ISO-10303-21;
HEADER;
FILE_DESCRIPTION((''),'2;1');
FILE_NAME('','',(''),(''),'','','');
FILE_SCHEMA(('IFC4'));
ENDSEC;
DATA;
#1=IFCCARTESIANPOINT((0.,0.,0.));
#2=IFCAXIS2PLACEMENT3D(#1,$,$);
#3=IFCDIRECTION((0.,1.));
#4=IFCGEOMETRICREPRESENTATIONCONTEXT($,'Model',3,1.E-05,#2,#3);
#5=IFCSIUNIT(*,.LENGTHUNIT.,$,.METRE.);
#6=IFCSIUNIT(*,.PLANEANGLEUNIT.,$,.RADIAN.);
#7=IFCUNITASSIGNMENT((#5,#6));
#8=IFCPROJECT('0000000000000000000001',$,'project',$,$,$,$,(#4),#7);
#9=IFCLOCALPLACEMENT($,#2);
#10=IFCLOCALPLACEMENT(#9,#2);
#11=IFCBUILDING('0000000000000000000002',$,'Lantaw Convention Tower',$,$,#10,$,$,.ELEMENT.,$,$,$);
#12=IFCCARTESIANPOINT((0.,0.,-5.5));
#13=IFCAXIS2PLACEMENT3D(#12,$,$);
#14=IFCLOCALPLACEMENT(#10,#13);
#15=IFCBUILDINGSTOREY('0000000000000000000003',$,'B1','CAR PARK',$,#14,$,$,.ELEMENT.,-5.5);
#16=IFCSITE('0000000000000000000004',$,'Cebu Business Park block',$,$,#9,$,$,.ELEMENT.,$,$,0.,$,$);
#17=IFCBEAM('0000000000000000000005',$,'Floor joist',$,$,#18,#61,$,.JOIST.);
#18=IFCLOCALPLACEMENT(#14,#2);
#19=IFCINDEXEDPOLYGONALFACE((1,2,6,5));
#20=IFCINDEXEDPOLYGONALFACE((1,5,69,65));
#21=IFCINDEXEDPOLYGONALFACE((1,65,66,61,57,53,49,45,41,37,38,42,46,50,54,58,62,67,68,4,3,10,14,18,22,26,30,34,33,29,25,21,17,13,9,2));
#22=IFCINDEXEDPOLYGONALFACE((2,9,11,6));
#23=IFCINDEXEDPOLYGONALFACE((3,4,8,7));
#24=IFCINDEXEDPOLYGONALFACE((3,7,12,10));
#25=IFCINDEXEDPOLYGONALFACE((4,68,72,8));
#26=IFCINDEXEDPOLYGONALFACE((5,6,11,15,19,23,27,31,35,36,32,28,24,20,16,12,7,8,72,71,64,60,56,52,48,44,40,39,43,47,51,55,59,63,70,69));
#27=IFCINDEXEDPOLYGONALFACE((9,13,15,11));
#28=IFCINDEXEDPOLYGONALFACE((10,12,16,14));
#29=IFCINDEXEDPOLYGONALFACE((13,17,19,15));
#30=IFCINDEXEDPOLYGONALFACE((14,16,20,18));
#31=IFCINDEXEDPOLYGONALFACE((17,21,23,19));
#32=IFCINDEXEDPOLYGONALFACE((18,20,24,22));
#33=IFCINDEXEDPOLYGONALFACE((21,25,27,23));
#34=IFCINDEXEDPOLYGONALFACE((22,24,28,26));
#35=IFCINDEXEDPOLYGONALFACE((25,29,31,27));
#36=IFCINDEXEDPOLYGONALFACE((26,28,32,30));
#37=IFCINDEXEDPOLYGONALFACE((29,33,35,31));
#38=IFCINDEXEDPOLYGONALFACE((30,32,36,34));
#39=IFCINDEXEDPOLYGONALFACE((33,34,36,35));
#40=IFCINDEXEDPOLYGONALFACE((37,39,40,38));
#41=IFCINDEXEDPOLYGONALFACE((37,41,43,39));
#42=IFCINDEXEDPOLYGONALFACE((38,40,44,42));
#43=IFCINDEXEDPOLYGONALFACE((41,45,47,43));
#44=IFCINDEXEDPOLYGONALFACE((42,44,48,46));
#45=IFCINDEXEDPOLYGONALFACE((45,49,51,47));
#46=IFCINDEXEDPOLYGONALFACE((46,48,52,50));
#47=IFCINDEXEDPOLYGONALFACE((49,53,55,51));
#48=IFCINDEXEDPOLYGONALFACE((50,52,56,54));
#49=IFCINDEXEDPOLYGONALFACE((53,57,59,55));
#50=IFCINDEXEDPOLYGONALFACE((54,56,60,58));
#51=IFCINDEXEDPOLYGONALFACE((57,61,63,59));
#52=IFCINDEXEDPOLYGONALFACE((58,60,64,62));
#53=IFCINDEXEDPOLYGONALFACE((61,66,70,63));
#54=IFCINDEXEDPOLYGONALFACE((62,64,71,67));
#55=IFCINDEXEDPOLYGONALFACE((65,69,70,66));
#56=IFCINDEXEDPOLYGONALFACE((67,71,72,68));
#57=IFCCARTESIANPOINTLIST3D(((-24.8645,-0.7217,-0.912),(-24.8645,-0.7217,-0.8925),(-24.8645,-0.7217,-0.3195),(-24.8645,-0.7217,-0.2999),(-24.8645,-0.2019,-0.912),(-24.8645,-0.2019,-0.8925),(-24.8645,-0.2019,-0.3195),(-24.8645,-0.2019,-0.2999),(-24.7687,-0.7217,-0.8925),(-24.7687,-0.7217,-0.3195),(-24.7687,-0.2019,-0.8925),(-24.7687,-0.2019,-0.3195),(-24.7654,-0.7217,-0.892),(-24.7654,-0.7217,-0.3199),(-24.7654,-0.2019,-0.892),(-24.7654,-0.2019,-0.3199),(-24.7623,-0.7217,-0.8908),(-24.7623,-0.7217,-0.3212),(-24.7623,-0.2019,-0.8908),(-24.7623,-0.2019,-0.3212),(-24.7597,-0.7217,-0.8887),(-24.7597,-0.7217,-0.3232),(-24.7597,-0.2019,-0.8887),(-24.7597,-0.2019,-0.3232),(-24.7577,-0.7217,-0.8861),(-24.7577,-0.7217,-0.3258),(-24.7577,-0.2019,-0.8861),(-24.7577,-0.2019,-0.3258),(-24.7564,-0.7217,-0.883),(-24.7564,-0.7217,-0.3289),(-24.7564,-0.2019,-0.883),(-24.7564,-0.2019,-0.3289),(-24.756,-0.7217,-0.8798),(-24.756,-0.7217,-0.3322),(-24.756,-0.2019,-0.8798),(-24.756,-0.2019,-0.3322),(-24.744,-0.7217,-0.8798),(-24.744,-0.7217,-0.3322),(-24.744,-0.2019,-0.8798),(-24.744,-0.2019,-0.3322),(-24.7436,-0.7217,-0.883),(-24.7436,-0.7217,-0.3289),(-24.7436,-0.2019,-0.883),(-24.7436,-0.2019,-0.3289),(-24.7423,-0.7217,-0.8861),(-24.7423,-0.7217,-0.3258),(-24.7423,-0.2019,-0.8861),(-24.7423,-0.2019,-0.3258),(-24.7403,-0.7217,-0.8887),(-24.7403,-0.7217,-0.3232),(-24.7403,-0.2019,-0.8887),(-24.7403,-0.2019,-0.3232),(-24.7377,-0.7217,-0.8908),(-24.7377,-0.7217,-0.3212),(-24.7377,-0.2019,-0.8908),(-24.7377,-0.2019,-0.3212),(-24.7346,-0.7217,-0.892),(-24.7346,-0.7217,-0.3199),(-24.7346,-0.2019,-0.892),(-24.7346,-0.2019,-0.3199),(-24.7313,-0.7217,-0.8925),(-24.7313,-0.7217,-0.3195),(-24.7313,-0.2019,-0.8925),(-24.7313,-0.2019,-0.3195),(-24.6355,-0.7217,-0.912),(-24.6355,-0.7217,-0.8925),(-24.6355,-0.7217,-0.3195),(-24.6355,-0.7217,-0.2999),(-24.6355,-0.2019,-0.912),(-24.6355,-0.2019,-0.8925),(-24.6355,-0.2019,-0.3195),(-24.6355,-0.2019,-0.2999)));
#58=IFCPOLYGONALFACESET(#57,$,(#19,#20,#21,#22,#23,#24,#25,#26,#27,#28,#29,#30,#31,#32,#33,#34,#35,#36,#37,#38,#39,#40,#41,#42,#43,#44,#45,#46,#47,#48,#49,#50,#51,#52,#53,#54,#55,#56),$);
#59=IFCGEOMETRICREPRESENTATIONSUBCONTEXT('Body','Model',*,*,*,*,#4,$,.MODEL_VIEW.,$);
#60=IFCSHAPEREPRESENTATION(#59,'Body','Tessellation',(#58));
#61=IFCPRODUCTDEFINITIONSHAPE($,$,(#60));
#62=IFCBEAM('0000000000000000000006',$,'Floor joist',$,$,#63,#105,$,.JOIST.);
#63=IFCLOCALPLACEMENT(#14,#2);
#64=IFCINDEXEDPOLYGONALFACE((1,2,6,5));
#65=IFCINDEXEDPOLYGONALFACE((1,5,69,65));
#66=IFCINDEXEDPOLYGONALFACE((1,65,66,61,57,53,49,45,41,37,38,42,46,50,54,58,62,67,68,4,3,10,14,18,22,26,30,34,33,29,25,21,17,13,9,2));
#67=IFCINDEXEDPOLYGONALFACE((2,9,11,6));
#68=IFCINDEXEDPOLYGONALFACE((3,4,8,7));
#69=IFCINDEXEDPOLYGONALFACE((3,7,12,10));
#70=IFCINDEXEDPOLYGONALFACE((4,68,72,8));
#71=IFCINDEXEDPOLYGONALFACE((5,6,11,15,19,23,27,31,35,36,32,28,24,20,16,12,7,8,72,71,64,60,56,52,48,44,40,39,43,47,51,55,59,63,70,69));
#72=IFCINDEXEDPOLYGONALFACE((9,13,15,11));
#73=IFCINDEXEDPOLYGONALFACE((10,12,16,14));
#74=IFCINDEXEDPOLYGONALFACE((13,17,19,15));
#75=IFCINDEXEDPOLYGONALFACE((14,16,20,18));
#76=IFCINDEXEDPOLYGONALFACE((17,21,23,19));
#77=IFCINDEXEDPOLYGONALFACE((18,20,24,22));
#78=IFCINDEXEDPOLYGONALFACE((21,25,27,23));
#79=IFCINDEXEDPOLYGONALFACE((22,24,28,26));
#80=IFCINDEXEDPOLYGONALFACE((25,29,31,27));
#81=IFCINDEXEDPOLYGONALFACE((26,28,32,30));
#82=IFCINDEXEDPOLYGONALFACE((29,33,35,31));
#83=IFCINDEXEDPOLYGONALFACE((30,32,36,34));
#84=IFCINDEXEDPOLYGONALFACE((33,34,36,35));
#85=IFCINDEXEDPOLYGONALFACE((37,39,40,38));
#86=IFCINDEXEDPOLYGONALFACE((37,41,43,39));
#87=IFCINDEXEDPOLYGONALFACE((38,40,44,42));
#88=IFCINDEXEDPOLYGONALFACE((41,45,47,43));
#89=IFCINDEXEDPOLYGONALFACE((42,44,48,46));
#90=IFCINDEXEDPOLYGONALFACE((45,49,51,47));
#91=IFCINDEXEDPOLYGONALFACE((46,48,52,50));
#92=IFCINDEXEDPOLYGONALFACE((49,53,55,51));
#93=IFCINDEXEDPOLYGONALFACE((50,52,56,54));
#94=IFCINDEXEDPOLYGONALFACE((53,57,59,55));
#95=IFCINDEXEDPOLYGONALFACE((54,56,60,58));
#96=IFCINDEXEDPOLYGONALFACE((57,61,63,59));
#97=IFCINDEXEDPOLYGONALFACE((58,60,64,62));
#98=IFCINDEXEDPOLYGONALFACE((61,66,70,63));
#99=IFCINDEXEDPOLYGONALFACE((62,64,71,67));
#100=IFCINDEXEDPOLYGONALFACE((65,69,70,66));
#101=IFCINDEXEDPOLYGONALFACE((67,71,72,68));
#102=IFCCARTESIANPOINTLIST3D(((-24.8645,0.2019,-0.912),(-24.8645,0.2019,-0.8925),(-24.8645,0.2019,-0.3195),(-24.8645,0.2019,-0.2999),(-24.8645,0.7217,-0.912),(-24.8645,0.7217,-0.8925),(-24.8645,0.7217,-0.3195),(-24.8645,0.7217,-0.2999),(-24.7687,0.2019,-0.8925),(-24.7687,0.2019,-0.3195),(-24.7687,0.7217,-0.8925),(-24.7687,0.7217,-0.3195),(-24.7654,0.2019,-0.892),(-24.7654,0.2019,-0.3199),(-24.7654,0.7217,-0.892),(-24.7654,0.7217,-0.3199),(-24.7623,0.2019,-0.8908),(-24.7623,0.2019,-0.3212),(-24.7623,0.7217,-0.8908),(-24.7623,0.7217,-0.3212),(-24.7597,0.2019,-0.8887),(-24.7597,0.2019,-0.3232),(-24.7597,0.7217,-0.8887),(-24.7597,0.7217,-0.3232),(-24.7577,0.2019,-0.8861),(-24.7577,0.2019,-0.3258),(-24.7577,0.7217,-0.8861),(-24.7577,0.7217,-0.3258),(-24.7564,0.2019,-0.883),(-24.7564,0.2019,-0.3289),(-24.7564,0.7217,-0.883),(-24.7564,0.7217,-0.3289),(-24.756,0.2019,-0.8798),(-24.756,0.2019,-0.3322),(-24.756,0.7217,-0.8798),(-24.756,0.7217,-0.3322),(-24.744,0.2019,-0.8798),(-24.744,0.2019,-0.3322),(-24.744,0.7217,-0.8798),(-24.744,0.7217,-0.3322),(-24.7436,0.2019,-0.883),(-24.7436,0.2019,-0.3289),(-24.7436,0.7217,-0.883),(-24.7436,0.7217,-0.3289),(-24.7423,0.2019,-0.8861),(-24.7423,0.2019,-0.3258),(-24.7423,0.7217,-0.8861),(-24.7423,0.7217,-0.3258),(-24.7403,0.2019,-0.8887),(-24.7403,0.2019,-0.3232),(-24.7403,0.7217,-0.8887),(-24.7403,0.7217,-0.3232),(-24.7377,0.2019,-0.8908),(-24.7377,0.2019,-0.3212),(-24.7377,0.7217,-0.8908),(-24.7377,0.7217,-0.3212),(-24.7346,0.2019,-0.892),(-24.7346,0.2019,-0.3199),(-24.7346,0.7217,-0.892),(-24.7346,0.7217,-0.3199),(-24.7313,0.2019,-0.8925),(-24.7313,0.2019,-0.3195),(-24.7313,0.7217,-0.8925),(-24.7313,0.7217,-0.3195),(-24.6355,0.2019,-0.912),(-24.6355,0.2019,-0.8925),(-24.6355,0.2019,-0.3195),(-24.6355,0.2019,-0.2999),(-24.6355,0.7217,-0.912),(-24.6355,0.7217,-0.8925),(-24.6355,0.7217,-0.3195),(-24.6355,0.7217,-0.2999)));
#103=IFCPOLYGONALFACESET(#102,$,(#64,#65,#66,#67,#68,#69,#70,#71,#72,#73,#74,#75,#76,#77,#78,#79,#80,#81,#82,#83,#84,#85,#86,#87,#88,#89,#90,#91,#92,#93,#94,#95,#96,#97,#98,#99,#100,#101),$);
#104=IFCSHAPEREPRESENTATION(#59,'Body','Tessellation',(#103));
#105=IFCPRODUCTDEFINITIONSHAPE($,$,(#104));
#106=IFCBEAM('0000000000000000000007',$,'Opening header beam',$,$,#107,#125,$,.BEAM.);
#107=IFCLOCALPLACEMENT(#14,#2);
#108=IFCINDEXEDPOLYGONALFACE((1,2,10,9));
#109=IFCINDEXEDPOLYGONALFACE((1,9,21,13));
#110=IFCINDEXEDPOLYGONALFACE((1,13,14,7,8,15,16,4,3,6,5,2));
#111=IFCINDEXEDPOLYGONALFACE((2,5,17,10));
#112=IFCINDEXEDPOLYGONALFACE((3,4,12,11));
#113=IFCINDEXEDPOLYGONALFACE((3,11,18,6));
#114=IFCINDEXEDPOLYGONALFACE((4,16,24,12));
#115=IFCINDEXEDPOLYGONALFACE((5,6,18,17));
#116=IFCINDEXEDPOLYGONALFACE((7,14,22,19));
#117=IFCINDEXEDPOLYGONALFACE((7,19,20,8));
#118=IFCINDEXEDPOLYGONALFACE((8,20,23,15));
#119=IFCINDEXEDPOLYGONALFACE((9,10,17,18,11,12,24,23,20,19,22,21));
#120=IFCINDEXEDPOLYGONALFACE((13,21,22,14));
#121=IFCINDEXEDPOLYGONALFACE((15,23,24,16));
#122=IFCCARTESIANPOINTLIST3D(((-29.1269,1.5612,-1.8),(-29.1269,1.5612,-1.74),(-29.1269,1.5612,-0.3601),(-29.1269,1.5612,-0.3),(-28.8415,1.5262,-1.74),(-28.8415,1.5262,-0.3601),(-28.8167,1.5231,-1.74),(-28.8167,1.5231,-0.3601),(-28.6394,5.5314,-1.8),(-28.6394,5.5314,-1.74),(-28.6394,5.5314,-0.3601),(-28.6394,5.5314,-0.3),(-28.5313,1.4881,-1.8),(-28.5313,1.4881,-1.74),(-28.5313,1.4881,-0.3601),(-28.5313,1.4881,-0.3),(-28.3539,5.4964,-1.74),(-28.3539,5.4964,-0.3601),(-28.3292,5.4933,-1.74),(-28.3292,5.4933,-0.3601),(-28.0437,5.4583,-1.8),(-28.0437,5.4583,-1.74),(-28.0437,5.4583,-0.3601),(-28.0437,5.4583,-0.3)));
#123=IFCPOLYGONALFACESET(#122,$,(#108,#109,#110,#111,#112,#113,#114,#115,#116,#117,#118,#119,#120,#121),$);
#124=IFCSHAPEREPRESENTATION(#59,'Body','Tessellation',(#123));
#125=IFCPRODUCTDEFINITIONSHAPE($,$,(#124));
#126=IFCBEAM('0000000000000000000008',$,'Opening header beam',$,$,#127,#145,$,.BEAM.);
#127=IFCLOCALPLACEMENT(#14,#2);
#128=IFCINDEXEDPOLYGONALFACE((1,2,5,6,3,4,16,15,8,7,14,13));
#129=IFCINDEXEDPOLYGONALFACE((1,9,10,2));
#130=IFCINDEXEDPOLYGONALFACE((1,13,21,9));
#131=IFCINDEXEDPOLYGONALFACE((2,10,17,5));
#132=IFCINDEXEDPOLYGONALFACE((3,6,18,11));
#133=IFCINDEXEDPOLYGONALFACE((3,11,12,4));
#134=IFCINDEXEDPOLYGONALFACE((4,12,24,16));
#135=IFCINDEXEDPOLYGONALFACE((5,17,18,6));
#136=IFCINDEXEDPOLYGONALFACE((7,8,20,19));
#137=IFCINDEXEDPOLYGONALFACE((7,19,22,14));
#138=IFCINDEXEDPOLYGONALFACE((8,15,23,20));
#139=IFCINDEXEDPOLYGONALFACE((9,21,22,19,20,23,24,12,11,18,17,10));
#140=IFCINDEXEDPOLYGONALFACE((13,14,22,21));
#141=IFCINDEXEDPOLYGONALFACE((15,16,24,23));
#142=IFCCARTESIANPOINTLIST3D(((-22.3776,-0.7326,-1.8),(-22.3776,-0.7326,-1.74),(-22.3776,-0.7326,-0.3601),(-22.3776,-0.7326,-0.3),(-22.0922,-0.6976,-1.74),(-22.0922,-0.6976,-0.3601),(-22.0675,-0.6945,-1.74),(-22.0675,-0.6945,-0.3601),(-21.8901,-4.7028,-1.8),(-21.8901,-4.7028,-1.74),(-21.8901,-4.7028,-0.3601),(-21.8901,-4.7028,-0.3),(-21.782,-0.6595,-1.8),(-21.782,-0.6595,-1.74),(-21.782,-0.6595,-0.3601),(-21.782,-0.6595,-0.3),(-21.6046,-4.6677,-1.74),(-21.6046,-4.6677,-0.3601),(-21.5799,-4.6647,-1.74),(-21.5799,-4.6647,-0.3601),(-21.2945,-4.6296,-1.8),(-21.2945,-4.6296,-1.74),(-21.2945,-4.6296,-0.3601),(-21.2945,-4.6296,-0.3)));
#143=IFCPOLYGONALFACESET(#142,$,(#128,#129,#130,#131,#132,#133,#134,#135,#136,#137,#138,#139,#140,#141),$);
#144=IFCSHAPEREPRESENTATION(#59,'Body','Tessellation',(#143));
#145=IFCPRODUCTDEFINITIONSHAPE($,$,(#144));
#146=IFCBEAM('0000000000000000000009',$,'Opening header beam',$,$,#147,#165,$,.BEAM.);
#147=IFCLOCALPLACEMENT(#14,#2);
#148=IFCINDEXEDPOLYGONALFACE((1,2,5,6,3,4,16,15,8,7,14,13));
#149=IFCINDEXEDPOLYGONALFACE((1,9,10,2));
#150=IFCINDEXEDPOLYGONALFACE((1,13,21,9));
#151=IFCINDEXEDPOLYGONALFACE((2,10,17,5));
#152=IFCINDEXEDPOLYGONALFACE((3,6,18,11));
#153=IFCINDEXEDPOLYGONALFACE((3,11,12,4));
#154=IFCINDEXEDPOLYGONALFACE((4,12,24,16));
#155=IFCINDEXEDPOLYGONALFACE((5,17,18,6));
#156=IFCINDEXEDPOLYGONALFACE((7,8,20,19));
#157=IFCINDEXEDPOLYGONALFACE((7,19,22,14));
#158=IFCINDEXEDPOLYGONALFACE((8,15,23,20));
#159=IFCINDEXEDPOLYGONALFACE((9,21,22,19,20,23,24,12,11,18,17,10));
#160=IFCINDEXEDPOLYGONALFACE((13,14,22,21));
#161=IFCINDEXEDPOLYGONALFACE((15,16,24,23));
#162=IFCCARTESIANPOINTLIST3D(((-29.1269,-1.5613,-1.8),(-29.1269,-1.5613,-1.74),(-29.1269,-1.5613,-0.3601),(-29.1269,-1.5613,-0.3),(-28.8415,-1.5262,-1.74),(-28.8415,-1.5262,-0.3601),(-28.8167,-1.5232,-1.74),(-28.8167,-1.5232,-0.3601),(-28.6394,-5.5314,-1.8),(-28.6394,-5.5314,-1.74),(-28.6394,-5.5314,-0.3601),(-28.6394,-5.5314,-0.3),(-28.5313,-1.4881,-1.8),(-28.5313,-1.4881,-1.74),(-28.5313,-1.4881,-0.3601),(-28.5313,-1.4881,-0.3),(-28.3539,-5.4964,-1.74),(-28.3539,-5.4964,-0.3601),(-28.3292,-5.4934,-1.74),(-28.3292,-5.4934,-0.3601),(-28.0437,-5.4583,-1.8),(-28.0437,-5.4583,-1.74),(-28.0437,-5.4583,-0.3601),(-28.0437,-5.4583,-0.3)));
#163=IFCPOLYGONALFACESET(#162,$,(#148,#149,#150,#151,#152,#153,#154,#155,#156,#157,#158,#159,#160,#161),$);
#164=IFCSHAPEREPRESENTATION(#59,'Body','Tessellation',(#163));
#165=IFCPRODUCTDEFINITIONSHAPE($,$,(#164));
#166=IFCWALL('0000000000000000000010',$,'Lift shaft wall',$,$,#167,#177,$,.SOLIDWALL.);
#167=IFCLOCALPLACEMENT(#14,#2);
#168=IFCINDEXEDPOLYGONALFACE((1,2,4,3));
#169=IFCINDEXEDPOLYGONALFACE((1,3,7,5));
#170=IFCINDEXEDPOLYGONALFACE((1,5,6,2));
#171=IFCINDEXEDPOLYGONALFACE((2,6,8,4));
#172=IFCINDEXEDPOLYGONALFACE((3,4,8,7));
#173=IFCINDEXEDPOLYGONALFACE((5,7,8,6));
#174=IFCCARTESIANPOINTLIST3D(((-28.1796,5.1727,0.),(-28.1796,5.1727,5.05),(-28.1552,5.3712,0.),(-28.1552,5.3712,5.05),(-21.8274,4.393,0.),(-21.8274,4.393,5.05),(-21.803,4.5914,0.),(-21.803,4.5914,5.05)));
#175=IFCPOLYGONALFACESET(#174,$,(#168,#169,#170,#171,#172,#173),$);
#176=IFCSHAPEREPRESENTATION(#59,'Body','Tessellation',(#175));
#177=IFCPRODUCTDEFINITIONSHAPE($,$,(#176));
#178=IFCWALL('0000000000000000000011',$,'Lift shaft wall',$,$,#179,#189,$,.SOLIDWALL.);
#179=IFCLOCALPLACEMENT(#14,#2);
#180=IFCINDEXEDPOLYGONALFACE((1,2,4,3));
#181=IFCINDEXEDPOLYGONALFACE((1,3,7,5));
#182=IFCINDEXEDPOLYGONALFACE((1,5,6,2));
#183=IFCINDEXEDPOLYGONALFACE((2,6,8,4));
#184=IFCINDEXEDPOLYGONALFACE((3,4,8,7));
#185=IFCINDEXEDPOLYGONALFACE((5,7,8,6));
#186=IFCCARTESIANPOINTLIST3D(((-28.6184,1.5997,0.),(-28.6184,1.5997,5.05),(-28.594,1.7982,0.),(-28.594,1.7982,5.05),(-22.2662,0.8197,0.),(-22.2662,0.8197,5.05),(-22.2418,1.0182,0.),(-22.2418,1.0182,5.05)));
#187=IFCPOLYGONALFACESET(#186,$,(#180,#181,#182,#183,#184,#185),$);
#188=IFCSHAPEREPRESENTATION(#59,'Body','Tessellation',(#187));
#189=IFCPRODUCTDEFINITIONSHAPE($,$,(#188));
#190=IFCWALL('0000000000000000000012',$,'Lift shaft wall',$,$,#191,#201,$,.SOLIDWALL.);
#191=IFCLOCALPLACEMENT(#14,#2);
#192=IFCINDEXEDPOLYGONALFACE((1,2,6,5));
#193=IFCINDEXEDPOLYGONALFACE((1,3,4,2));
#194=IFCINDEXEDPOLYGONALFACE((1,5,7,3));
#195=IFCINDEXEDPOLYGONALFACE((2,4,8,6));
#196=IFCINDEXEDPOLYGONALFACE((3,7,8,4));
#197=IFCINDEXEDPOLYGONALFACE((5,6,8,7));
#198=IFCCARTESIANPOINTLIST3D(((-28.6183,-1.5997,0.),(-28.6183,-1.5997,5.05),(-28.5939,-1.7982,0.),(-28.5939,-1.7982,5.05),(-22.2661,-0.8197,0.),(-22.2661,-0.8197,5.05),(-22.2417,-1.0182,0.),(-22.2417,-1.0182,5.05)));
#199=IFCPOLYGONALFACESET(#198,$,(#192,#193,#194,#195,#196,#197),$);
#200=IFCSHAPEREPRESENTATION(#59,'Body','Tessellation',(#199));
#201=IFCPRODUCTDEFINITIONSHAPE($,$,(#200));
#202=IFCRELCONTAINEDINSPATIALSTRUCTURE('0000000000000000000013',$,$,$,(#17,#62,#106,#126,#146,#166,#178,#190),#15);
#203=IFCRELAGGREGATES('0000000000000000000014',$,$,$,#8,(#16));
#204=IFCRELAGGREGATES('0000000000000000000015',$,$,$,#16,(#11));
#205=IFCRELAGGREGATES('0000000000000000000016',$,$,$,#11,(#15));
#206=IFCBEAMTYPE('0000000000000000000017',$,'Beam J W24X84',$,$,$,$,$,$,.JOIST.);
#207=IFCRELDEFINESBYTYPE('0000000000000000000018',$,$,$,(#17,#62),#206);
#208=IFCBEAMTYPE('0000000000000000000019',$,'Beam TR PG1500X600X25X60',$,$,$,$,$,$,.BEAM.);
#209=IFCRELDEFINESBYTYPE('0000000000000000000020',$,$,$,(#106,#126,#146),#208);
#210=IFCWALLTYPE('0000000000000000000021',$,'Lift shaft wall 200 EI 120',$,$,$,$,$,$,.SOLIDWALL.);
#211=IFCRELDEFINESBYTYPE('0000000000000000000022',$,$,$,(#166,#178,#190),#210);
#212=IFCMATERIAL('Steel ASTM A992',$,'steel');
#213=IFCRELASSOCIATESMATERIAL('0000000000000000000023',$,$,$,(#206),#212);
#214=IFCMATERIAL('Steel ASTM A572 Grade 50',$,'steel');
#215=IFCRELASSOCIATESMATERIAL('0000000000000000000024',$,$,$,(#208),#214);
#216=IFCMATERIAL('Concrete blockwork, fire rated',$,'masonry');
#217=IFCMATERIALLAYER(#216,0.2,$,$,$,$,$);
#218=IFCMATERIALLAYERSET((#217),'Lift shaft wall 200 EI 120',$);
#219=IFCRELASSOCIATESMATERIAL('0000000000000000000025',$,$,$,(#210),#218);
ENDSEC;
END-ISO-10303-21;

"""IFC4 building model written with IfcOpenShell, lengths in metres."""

from ifc_helpers import new_model, si_unit, direction, frame, frame_2d, origin, origin_2d, place, context, subcontext, project, spatial, rectangle, i_section, extrude, material, layer, layer_set, material_profile, profile_set, type_object, element, save


model = new_model("IFC4")

# Units and contexts
model_context = context("Model", 3, precision=1e-05, world=origin(), true_north=direction((0.0, 1.0)))
body_context = subcontext(model_context, "Body", "Model", "MODEL_VIEW")
ifc_project = project(units=[si_unit("LENGTHUNIT", "METRE"), si_unit("PLANEANGLEUNIT", "RADIAN")], contexts=[model_context])

# Site, building, storey
site_placement = place(None, origin())
site = spatial("IfcSite", under=ifc_project, at=site_placement, Name="Cebu Business Park block", CompositionType="ELEMENT", RefElevation=0.0)
building_placement = place(site_placement, origin())
building = spatial("IfcBuilding", under=site, at=building_placement, Name="Lantaw Convention Tower", CompositionType="ELEMENT")
storey_placement = place(building_placement, frame((0.0, 0.0, -5.5)))
storey = spatial("IfcBuildingStorey", under=building, at=storey_placement, Name="B1", Description="CAR PARK", CompositionType="ELEMENT", Elevation=-5.5)

# Shared definitions
ifc_material_1 = material(Name="Steel ASTM A572 Grade 50", Category="steel")

# Beams
ifc_material_2 = material(Name="Steel ASTM A992", Category="steel")
ifc_material_profile_1 = material_profile(ifc_material_2, i_section(OverallWidth=0.229, OverallDepth=0.6121, WebThickness=0.012, FlangeThickness=0.0195, FilletRadius=0.0127, at=origin_2d()), Name="W24X84")
ifc_profile_set_1 = profile_set([ifc_material_profile_1], Name="Steel ASTM A992")
beam_type_1 = type_object("IfcBeamType", Name="Beam J W24X84", PredefinedType="JOIST", material=ifc_profile_set_1)
for number, where, z_axis, x_axis, name in (
    (1, (-24.75, -0.7217, -0.606), (0.0, 1.0, 0.0), (-1.0, 0.0, 0.0), "Floor joist"),
    (2, (-24.75, 0.2019, -0.606), (0.0, 1.0, 0.0), (-1.0, 0.0, 0.0), "Floor joist"),
):
    element("IfcBeam", number, at=place(storey_placement, frame(where, z_axis=z_axis, x_axis=x_axis)), inside=storey, type_object=beam_type_1, Name=name, PredefinedType="JOIST", context=body_context, shape_type="SweptSolid", body=[
        extrude(i_section(OverallWidth=0.229, OverallDepth=0.6121, WebThickness=0.012, FlangeThickness=0.0195, FilletRadius=0.0127, at=origin_2d()), origin(), (0.0, 0.0, 1.0), 0.5198),
    ])
ifc_material_profile_2 = material_profile(ifc_material_1, i_section(OverallWidth=0.6001, OverallDepth=1.5, WebThickness=0.0249, FlangeThickness=0.0601, at=origin_2d()), Name="PG1500X600X25X60")
ifc_profile_set_2 = profile_set([ifc_material_profile_2], Name="Steel ASTM A572 Grade 50")
beam_type_2 = type_object("IfcBeamType", Name="Beam TR PG1500X600X25X60", PredefinedType="BEAM", material=ifc_profile_set_2)
for number, where, z_axis, x_axis, name in (
    (3, (-28.8291, 1.5247, -1.05), (0.121886, 0.992544, 0.0), (-0.992544, 0.121886, 0.0), "Opening header beam"),
    (4, (-22.0798, -0.696, -1.05), (0.121886, -0.992544, 0.0), (0.992544, 0.121886, 0.0), "Opening header beam"),
    (5, (-28.3416, -5.4949, -1.05), (-0.121886, 0.992544, 0.0), (-0.992544, -0.121886, 0.0), "Opening header beam"),
):
    element("IfcBeam", number, at=place(storey_placement, frame(where, z_axis=z_axis, x_axis=x_axis)), inside=storey, type_object=beam_type_2, Name=name, PredefinedType="BEAM", context=body_context, shape_type="SweptSolid", body=[
        extrude(i_section(OverallWidth=0.6001, OverallDepth=1.5, WebThickness=0.0249, FlangeThickness=0.0601, at=origin_2d()), origin(), (0.0, 0.0, 1.0), 4.0),
    ])

# Walls
ifc_material_3 = material(Name="Concrete blockwork, fire rated", Category="masonry")
ifc_layer = layer(ifc_material_3, 0.2)
ifc_layer_set = layer_set([ifc_layer], Name="Lift shaft wall 200 EI 120")
wall_type = type_object("IfcWallType", Name="Lift shaft wall 200 EI 120", PredefinedType="SOLIDWALL", material=ifc_layer_set)
for number, where, z_axis, x_axis, name in (
    (6, (-21.8152, 4.4922, 0.0), (0.0, 0.0, 1.0), (-0.99255, 0.121842, 0.0), "Lift shaft wall"),
    (7, (-28.6062, 1.699, 0.0), (0.0, 0.0, 1.0), (0.992545, -0.121879, 0.0), "Lift shaft wall"),
):
    element("IfcWall", number, at=place(storey_placement, frame(where, z_axis=z_axis, x_axis=x_axis)), inside=storey, type_object=wall_type, Name=name, PredefinedType="SOLIDWALL", context=body_context, shape_type="SweptSolid", body=[
        extrude(rectangle(XDim=6.3999, YDim=0.2, at=frame_2d((3.2, 0.0))), origin(), (0.0, 0.0, 1.0), 5.05),
    ])

# Wall
wall_1_placement = place(storey_placement, frame((-22.2539, -0.9189, 0.0), z_axis=(0.0, 0.0, 1.0), x_axis=(-0.992545, -0.121879, 0.0)))
element("IfcWall", 8, at=wall_1_placement, inside=storey, type_object=wall_type, Name="Lift shaft wall", PredefinedType="SOLIDWALL", context=body_context, shape_type="SweptSolid", body=[
    extrude(rectangle(XDim=6.3999, YDim=0.2, at=frame_2d((3.2, 0.0))), origin(), (0.0, 0.0, 1.0), 5.05),
])

save(model, "model.ifc")
